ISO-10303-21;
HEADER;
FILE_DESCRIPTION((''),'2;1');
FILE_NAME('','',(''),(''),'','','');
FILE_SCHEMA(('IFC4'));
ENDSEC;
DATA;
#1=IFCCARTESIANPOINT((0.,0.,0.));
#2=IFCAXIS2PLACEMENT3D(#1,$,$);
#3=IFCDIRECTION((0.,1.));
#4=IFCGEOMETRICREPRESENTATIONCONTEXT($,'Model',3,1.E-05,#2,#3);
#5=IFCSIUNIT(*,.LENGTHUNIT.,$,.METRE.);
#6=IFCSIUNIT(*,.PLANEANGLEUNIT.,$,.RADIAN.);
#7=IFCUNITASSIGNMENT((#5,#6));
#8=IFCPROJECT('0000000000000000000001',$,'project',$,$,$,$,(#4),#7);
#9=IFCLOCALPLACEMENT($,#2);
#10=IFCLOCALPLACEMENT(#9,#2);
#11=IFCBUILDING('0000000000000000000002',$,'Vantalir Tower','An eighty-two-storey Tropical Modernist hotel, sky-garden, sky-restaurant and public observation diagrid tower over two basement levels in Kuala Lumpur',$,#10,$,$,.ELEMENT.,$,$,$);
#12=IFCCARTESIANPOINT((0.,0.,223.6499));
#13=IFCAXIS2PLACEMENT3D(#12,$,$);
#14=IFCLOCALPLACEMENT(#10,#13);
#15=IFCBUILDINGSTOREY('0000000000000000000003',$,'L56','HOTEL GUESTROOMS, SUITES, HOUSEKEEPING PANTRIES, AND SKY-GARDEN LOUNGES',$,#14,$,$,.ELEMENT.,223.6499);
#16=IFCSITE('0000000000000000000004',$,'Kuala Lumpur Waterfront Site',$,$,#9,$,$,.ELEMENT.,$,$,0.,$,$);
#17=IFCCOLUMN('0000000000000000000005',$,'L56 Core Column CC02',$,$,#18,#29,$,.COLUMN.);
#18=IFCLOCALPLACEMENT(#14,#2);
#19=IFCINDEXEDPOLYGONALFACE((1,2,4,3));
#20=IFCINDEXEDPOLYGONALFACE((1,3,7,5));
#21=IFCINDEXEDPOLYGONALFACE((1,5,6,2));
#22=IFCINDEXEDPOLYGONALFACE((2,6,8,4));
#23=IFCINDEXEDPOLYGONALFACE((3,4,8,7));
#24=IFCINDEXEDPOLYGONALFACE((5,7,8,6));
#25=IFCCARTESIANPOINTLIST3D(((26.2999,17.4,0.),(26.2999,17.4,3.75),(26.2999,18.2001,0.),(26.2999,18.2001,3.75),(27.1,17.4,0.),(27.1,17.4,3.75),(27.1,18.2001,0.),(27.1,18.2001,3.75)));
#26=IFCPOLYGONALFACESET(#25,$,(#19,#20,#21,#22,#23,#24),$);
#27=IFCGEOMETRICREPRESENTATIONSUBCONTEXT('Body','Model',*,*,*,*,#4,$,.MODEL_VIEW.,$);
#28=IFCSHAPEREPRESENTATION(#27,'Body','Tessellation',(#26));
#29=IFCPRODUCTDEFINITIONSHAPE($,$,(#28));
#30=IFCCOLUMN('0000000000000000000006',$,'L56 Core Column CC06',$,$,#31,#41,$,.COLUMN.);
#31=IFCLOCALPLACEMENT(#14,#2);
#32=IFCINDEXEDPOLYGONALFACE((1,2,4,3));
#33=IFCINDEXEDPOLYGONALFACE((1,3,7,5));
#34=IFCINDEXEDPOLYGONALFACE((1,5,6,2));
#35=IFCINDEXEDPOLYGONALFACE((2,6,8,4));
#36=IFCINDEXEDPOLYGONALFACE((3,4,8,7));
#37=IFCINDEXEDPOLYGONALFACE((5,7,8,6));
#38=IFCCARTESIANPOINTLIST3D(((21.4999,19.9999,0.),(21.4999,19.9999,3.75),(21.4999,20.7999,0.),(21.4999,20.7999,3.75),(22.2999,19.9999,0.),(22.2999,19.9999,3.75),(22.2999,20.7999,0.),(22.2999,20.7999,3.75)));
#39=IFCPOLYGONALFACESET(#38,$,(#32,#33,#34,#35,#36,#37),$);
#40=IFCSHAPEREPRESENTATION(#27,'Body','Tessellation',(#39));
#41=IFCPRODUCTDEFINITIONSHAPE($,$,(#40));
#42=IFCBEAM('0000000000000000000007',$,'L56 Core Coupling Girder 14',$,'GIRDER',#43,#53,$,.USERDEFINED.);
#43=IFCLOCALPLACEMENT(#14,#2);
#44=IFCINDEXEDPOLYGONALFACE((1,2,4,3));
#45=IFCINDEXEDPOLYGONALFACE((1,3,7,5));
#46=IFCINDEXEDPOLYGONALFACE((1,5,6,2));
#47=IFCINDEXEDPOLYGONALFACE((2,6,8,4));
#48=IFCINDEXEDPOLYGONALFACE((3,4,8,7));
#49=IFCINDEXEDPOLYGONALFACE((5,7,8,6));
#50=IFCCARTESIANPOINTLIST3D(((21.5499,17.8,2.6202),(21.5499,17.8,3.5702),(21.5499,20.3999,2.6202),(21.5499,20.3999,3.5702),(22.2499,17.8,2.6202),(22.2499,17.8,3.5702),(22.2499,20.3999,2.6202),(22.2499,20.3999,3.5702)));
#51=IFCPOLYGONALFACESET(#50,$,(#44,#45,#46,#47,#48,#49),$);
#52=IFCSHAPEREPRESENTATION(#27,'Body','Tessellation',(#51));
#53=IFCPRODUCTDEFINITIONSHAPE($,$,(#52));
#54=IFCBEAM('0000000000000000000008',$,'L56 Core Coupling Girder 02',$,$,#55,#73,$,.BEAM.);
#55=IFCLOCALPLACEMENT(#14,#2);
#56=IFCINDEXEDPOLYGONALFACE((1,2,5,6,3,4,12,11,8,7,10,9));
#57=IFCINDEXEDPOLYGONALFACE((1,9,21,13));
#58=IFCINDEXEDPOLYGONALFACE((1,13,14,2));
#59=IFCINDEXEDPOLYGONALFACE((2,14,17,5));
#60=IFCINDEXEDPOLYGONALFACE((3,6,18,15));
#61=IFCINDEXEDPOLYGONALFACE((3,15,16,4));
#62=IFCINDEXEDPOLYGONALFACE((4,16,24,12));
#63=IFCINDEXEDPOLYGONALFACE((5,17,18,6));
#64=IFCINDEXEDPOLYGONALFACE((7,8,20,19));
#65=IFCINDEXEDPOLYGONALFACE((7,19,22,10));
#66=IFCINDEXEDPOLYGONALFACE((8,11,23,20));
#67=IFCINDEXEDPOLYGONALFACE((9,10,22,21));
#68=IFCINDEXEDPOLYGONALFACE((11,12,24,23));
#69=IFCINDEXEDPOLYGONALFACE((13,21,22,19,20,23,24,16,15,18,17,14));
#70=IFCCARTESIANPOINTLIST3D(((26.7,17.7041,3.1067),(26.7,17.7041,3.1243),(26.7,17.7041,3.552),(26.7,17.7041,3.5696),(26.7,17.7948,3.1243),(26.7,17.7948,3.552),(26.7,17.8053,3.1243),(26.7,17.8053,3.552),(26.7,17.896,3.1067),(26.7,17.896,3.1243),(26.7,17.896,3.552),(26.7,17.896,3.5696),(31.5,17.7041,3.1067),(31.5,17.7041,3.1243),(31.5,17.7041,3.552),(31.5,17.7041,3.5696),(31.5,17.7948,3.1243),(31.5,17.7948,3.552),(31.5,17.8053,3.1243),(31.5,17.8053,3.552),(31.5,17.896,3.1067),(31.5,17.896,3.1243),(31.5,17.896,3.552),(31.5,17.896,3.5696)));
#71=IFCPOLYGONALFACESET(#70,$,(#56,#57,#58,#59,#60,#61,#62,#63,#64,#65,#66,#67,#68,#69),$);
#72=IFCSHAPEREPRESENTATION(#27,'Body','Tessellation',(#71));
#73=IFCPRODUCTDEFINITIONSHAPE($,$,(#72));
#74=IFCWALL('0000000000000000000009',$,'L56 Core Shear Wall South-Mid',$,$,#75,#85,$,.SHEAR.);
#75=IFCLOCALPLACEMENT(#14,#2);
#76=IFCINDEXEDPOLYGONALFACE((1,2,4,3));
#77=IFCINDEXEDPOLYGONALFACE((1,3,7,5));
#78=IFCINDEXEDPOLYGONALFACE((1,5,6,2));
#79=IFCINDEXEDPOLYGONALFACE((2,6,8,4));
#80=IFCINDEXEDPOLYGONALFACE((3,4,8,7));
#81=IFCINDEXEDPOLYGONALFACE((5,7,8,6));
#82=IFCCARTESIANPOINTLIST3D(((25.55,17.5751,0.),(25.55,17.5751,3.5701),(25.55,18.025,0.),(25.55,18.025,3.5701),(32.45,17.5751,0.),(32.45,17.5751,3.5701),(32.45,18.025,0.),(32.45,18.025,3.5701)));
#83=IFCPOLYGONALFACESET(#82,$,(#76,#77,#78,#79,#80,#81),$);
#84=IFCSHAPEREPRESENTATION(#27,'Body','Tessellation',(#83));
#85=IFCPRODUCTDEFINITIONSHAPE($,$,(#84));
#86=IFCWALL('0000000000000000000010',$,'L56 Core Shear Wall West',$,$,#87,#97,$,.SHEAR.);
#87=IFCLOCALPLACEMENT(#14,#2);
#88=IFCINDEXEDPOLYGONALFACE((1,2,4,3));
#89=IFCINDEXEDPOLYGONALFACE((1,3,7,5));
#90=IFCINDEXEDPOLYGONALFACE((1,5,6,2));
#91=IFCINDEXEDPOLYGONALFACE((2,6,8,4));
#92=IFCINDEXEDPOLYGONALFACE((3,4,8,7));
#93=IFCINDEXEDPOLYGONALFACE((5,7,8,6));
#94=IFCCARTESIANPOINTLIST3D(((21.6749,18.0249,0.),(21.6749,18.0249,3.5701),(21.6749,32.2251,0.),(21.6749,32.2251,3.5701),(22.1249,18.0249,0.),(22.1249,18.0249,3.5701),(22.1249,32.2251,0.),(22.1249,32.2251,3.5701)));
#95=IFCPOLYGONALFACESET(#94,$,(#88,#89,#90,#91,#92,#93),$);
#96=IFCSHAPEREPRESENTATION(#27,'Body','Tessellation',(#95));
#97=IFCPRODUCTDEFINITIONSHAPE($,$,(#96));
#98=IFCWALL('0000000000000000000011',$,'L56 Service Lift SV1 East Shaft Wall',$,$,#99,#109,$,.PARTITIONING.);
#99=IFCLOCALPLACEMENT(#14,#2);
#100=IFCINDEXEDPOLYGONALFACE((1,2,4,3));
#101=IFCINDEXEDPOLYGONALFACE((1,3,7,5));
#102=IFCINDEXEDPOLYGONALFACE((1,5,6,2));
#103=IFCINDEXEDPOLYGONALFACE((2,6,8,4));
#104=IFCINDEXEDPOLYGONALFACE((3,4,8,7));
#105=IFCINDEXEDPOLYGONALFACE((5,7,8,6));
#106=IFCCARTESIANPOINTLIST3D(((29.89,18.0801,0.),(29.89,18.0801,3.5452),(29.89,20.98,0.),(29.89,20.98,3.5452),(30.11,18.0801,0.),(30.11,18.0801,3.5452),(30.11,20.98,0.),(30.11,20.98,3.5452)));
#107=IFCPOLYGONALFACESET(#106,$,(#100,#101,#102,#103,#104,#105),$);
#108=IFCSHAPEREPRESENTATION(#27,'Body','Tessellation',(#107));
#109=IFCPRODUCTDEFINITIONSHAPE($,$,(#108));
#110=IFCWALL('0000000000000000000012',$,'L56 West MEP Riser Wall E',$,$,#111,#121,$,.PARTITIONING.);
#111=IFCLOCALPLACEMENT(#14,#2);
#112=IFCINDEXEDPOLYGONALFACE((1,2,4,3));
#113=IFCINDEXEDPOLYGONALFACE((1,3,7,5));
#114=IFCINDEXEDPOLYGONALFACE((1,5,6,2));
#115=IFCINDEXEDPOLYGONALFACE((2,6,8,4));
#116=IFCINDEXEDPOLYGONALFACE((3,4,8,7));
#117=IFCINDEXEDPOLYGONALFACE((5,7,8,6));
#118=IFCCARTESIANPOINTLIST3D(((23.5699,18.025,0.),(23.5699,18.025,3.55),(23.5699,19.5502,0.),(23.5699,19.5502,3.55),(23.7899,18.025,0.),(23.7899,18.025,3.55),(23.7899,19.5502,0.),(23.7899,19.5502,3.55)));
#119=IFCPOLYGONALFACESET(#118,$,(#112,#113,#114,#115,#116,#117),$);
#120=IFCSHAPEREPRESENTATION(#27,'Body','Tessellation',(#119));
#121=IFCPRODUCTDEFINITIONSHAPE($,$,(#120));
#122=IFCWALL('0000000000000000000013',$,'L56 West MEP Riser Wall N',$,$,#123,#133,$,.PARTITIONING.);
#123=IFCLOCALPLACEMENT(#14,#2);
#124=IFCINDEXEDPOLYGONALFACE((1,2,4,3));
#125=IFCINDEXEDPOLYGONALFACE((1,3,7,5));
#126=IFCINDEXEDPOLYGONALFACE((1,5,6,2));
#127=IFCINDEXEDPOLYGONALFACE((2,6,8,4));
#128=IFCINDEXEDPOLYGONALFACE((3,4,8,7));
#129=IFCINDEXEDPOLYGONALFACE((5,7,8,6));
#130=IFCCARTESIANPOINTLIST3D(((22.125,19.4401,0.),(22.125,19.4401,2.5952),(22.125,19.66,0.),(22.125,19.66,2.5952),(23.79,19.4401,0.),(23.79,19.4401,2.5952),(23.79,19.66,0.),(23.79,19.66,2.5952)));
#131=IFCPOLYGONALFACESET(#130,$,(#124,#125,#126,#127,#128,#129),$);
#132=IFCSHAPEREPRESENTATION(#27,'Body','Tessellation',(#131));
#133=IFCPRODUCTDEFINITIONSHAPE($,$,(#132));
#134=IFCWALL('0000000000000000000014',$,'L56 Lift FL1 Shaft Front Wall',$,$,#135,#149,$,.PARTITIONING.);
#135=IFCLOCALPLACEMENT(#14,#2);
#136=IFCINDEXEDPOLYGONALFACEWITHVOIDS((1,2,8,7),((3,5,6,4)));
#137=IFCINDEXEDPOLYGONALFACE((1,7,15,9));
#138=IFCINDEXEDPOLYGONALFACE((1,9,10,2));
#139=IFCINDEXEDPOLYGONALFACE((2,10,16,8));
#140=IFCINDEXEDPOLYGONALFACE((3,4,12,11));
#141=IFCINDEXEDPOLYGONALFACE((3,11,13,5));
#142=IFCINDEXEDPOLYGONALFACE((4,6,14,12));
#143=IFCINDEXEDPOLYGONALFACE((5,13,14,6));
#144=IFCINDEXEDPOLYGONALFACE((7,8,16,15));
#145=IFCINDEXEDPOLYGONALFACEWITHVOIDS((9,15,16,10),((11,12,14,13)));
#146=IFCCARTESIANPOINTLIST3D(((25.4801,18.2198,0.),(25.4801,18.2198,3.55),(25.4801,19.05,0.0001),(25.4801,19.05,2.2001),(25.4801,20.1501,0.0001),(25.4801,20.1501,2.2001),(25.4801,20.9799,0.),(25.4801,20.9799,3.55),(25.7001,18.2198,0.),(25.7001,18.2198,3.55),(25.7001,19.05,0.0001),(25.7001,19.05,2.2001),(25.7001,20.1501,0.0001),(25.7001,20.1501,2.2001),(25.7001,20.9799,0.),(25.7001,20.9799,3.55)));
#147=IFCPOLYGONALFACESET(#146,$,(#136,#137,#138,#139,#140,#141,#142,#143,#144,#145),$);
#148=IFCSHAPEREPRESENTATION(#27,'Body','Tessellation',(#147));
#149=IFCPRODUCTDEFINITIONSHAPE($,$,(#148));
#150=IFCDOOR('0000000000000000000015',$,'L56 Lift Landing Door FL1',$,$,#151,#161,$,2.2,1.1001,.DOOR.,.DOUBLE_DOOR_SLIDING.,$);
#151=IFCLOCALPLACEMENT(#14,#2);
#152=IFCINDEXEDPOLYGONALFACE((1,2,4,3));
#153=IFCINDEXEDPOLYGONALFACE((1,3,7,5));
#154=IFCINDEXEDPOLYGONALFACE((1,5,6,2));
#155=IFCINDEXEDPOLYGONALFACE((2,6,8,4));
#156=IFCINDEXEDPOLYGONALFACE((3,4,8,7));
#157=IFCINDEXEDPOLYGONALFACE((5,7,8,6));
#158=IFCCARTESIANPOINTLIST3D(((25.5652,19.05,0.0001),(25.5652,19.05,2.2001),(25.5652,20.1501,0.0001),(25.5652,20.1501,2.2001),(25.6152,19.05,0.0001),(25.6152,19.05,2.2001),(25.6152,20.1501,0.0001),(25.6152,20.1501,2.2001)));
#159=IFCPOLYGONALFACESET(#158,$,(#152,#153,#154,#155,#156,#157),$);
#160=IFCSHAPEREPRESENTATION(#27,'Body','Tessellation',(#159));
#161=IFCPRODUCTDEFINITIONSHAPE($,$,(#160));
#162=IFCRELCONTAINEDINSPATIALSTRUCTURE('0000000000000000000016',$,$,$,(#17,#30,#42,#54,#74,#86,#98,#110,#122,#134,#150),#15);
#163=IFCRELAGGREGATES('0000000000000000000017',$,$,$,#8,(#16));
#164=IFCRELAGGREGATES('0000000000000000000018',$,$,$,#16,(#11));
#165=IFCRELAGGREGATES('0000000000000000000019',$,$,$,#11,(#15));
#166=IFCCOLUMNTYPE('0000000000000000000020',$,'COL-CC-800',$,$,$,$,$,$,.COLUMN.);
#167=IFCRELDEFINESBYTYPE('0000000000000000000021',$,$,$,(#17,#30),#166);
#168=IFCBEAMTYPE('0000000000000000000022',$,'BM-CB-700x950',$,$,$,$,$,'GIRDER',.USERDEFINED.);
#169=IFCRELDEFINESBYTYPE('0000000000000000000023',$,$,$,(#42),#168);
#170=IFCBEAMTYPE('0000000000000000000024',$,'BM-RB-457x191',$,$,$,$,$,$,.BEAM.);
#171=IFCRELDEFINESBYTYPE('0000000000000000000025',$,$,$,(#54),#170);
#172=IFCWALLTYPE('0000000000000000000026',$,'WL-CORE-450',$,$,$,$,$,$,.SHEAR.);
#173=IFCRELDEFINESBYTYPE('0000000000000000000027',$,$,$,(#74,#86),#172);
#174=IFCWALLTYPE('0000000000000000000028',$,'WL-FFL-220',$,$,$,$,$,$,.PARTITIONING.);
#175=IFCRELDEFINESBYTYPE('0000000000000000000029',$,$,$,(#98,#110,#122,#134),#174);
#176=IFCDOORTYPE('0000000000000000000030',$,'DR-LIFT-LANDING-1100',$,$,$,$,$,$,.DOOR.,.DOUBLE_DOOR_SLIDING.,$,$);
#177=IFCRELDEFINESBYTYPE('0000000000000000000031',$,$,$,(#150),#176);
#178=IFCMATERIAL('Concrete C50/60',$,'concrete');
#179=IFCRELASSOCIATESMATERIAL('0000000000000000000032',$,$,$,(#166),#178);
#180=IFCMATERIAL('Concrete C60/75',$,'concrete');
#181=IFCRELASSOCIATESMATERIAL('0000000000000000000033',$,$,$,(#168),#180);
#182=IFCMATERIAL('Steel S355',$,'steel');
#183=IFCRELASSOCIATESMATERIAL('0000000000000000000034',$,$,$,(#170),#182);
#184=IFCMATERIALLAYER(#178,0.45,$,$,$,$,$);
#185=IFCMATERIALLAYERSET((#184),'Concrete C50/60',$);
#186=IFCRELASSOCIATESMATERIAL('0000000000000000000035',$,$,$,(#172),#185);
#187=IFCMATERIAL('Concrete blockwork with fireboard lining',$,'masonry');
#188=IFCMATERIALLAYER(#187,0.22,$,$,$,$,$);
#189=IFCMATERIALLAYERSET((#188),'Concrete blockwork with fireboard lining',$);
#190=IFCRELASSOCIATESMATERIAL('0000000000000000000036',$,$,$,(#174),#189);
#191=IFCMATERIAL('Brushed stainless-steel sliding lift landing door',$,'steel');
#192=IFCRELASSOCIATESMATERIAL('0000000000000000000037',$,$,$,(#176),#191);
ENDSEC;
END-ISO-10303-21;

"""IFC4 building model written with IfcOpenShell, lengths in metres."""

from ifc_helpers import new_model, si_unit, direction, frame, frame_2d, origin, origin_2d, place, context, subcontext, project, spatial, rectangle, i_section, extrude, material, layer, layer_set, material_profile, profile_set, type_object, element, fill, save


model = new_model("IFC4")

# Units and contexts
model_context = context("Model", 3, precision=1e-05, world=origin(), true_north=direction((0.0, 1.0)))
body_context = subcontext(model_context, "Body", "Model", "MODEL_VIEW")
ifc_project = project(units=[si_unit("LENGTHUNIT", "METRE"), si_unit("PLANEANGLEUNIT", "RADIAN")], contexts=[model_context])

# Site, building, storey
site_placement = place(None, origin())
site = spatial("IfcSite", under=ifc_project, at=site_placement, Name="Kuala Lumpur Waterfront Site", CompositionType="ELEMENT", RefElevation=0.0)
building_placement = place(site_placement, origin())
building = spatial("IfcBuilding", under=site, at=building_placement, Name="Vantalir Tower", Description="An eighty-two-storey Tropical Modernist hotel, sky-garden, sky-restaurant and public observation diagrid tower over two basement levels in Kuala Lumpur", CompositionType="ELEMENT")
storey_placement = place(building_placement, frame((0.0, 0.0, 223.6499)))
storey = spatial("IfcBuildingStorey", under=building, at=storey_placement, Name="L56", Description="HOTEL GUESTROOMS, SUITES, HOUSEKEEPING PANTRIES, AND SKY-GARDEN LOUNGES", CompositionType="ELEMENT", Elevation=223.6499)

# Columns
ifc_material_1 = material(Name="Concrete C50/60", Category="concrete")
ifc_material_profile_1 = material_profile(ifc_material_1, rectangle(XDim=0.8, YDim=0.8, at=origin_2d()), Name="Concrete C50/60")
ifc_profile_set_1 = profile_set([ifc_material_profile_1], Name="Concrete C50/60")
column_type = type_object("IfcColumnType", Name="COL-CC-800", PredefinedType="COLUMN", material=ifc_profile_set_1)
for number, where, z_axis, x_axis, name in (
    (1, (26.7, 17.8, 0.0), (0.0, 0.0, 1.0), (1.0, 0.0, 0.0), "L56 Core Column CC02"),
    (2, (21.8999, 20.3999, 0.0), (0.0, 0.0, 1.0), (1.0, 0.0, 0.0), "L56 Core Column CC06"),
):
    element("IfcColumn", number, at=place(storey_placement, frame(where, z_axis=z_axis, x_axis=x_axis)), inside=storey, type_object=column_type, Name=name, PredefinedType="COLUMN", context=body_context, shape_type="SweptSolid", body=[
        extrude(rectangle(XDim=0.8, YDim=0.8, at=origin_2d()), origin(), (0.0, 0.0, 1.0), 3.75),
    ])

# Beams
ifc_material_2 = material(Name="Concrete C60/75", Category="concrete")
ifc_material_profile_2 = material_profile(ifc_material_2, rectangle(XDim=0.7, YDim=0.95, at=origin_2d()), Name="Concrete C60/75")
ifc_profile_set_2 = profile_set([ifc_material_profile_2], Name="Concrete C60/75")
beam_type_1 = type_object("IfcBeamType", Name="BM-CB-700x950", ElementType="GIRDER", PredefinedType="USERDEFINED", material=ifc_profile_set_2)
beam_1_placement = place(storey_placement, frame((21.8999, 20.3999, 3.0952), z_axis=(0.0, -1.0, 0.0), x_axis=(1.0, 0.0, 0.0)))
element("IfcBeam", 3, at=beam_1_placement, inside=storey, type_object=beam_type_1, Name="L56 Core Coupling Girder 14", ObjectType="GIRDER", PredefinedType="USERDEFINED", context=body_context, shape_type="SweptSolid", body=[
    extrude(rectangle(XDim=0.7, YDim=0.95, at=origin_2d()), origin(), (0.0, 0.0, 1.0), 2.5999),
])
ifc_material_3 = material(Name="Steel S355", Category="steel")
ifc_material_profile_3 = material_profile(ifc_material_3, i_section(OverallWidth=0.1919, OverallDepth=0.4629, WebThickness=0.0105, FlangeThickness=0.0176, at=origin_2d()), Name="Steel S355")
ifc_profile_set_3 = profile_set([ifc_material_profile_3], Name="Steel S355")
beam_type_2 = type_object("IfcBeamType", Name="BM-RB-457x191", PredefinedType="BEAM", material=ifc_profile_set_3)
beam_2_placement = place(storey_placement, frame((26.7, 17.8, 3.3381), z_axis=(1.0, 0.0, 0.0), x_axis=(0.0, 1.0, 0.0)))
element("IfcBeam", 4, at=beam_2_placement, inside=storey, type_object=beam_type_2, Name="L56 Core Coupling Girder 02", PredefinedType="BEAM", context=body_context, shape_type="SweptSolid", body=[
    extrude(i_section(OverallWidth=0.1919, OverallDepth=0.4629, WebThickness=0.0105, FlangeThickness=0.0176, at=origin_2d()), origin(), (0.0, 0.0, 1.0), 4.8),
])

# Walls
ifc_layer_1 = layer(ifc_material_1, 0.45)
ifc_layer_set_1 = layer_set([ifc_layer_1], Name="Concrete C50/60")
wall_type_1 = type_object("IfcWallType", Name="WL-CORE-450", PredefinedType="SHEAR", material=ifc_layer_set_1)
wall_1_placement = place(storey_placement, frame((25.55, 17.8, 0.0), z_axis=(0.0, 0.0, 1.0), x_axis=(1.0, 0.0, 0.0)))
element("IfcWall", 5, at=wall_1_placement, inside=storey, type_object=wall_type_1, Name="L56 Core Shear Wall South-Mid", PredefinedType="SHEAR", context=body_context, shape_type="SweptSolid", body=[
    extrude(rectangle(XDim=6.8999, YDim=0.45, at=frame_2d((3.45, 0.0))), origin(), (0.0, 0.0, 1.0), 3.5701),
])
wall_2_placement = place(storey_placement, frame((21.8999, 18.0249, 0.0), z_axis=(0.0, 0.0, 1.0), x_axis=(0.0, 1.0, 0.0)))
element("IfcWall", 6, at=wall_2_placement, inside=storey, type_object=wall_type_1, Name="L56 Core Shear Wall West", PredefinedType="SHEAR", context=body_context, shape_type="SweptSolid", body=[
    extrude(rectangle(XDim=14.2002, YDim=0.45, at=frame_2d((7.1001, 0.0))), origin(), (0.0, 0.0, 1.0), 3.5701),
])
ifc_material_4 = material(Name="Concrete blockwork with fireboard lining", Category="masonry")
ifc_layer_2 = layer(ifc_material_4, 0.22)
ifc_layer_set_2 = layer_set([ifc_layer_2], Name="Concrete blockwork with fireboard lining")
wall_type_2 = type_object("IfcWallType", Name="WL-FFL-220", PredefinedType="PARTITIONING", material=ifc_layer_set_2)
wall_3_placement = place(storey_placement, frame((30.0, 18.0801, 0.0), z_axis=(0.0, 0.0, 1.0), x_axis=(0.0, 1.0, 0.0)))
element("IfcWall", 7, at=wall_3_placement, inside=storey, type_object=wall_type_2, Name="L56 Service Lift SV1 East Shaft Wall", PredefinedType="PARTITIONING", context=body_context, shape_type="SweptSolid", body=[
    extrude(rectangle(XDim=2.8999, YDim=0.22, at=frame_2d((1.45, 0.0))), origin(), (0.0, 0.0, 1.0), 3.5452),
])
wall_4_placement = place(storey_placement, frame((23.6799, 18.0249, 0.0), z_axis=(0.0, 0.0, 1.0), x_axis=(0.0, 1.0, 0.0)))
element("IfcWall", 8, at=wall_4_placement, inside=storey, type_object=wall_type_2, Name="L56 West MEP Riser Wall E", PredefinedType="PARTITIONING", context=body_context, shape_type="SweptSolid", body=[
    extrude(rectangle(XDim=1.5251, YDim=0.22, at=frame_2d((0.7627, 0.0))), origin(), (0.0, 0.0, 1.0), 3.55),
])
wall_5_placement = place(storey_placement, frame((22.125, 19.55, 0.0), z_axis=(0.0, 0.0, 1.0), x_axis=(1.0, 0.0, 0.0)))
element("IfcWall", 9, at=wall_5_placement, inside=storey, type_object=wall_type_2, Name="L56 West MEP Riser Wall N", PredefinedType="PARTITIONING", context=body_context, shape_type="SweptSolid", body=[
    extrude(rectangle(XDim=1.665, YDim=0.22, at=frame_2d((0.8325, 0.0))), origin(), (0.0, 0.0, 1.0), 2.5952),
])

# Wall, opening, door
wall_6_placement = place(storey_placement, frame((25.5901, 18.22, 0.0), z_axis=(0.0, 0.0, 1.0), x_axis=(0.0, 1.0, 0.0)))
wall_6 = element("IfcWall", 10, at=wall_6_placement, inside=storey, type_object=wall_type_2, Name="L56 Lift FL1 Shaft Front Wall", PredefinedType="PARTITIONING", context=body_context, shape_type="SweptSolid", body=[
    extrude(rectangle(XDim=2.76, YDim=0.22, at=frame_2d((1.3799, 0.0))), origin(), (0.0, 0.0, 1.0), 3.55),
])
opening_1_placement = place(wall_6_placement, frame((0.8301, 0.0, 0.0)))
opening_1 = element("IfcOpeningElement", 11, at=opening_1_placement, cuts=wall_6, PredefinedType="OPENING", context=body_context, shape_type="SweptSolid", body=[
    extrude(rectangle(XDim=1.1001, YDim=2.2, at=frame_2d((0.55, 1.1001))), frame((0.0, 0.1199, 0.0), z_axis=(0.0, -1.0, 0.0), x_axis=(1.0, 0.0, 0.0)), (0.0, 0.0, 1.0), 0.24),
])
ifc_material_5 = material(Name="Brushed stainless-steel sliding lift landing door", Category="steel")
door_type_1 = type_object("IfcDoorType", Name="DR-LIFT-LANDING-1100", OperationType="DOUBLE_DOOR_SLIDING", PredefinedType="DOOR", material=ifc_material_5)
door_1_placement = place(opening_1_placement, origin())
door_1 = element("IfcDoor", 12, at=door_1_placement, inside=storey, type_object=door_type_1, Name="L56 Lift Landing Door FL1", OperationType="DOUBLE_DOOR_SLIDING", OverallHeight=2.2, OverallWidth=1.1001, PredefinedType="DOOR", context=body_context, shape_type="SweptSolid", body=[
    extrude(rectangle(XDim=1.1001, YDim=2.2, at=frame_2d((0.55, 1.1001))), frame((0.0, 0.0249, 0.0), z_axis=(0.0, -1.0, 0.0), x_axis=(1.0, 0.0, 0.0)), (0.0, 0.0, 1.0), 0.05),
])
fill(opening_1, door_1)

save(model, "model.ifc")
